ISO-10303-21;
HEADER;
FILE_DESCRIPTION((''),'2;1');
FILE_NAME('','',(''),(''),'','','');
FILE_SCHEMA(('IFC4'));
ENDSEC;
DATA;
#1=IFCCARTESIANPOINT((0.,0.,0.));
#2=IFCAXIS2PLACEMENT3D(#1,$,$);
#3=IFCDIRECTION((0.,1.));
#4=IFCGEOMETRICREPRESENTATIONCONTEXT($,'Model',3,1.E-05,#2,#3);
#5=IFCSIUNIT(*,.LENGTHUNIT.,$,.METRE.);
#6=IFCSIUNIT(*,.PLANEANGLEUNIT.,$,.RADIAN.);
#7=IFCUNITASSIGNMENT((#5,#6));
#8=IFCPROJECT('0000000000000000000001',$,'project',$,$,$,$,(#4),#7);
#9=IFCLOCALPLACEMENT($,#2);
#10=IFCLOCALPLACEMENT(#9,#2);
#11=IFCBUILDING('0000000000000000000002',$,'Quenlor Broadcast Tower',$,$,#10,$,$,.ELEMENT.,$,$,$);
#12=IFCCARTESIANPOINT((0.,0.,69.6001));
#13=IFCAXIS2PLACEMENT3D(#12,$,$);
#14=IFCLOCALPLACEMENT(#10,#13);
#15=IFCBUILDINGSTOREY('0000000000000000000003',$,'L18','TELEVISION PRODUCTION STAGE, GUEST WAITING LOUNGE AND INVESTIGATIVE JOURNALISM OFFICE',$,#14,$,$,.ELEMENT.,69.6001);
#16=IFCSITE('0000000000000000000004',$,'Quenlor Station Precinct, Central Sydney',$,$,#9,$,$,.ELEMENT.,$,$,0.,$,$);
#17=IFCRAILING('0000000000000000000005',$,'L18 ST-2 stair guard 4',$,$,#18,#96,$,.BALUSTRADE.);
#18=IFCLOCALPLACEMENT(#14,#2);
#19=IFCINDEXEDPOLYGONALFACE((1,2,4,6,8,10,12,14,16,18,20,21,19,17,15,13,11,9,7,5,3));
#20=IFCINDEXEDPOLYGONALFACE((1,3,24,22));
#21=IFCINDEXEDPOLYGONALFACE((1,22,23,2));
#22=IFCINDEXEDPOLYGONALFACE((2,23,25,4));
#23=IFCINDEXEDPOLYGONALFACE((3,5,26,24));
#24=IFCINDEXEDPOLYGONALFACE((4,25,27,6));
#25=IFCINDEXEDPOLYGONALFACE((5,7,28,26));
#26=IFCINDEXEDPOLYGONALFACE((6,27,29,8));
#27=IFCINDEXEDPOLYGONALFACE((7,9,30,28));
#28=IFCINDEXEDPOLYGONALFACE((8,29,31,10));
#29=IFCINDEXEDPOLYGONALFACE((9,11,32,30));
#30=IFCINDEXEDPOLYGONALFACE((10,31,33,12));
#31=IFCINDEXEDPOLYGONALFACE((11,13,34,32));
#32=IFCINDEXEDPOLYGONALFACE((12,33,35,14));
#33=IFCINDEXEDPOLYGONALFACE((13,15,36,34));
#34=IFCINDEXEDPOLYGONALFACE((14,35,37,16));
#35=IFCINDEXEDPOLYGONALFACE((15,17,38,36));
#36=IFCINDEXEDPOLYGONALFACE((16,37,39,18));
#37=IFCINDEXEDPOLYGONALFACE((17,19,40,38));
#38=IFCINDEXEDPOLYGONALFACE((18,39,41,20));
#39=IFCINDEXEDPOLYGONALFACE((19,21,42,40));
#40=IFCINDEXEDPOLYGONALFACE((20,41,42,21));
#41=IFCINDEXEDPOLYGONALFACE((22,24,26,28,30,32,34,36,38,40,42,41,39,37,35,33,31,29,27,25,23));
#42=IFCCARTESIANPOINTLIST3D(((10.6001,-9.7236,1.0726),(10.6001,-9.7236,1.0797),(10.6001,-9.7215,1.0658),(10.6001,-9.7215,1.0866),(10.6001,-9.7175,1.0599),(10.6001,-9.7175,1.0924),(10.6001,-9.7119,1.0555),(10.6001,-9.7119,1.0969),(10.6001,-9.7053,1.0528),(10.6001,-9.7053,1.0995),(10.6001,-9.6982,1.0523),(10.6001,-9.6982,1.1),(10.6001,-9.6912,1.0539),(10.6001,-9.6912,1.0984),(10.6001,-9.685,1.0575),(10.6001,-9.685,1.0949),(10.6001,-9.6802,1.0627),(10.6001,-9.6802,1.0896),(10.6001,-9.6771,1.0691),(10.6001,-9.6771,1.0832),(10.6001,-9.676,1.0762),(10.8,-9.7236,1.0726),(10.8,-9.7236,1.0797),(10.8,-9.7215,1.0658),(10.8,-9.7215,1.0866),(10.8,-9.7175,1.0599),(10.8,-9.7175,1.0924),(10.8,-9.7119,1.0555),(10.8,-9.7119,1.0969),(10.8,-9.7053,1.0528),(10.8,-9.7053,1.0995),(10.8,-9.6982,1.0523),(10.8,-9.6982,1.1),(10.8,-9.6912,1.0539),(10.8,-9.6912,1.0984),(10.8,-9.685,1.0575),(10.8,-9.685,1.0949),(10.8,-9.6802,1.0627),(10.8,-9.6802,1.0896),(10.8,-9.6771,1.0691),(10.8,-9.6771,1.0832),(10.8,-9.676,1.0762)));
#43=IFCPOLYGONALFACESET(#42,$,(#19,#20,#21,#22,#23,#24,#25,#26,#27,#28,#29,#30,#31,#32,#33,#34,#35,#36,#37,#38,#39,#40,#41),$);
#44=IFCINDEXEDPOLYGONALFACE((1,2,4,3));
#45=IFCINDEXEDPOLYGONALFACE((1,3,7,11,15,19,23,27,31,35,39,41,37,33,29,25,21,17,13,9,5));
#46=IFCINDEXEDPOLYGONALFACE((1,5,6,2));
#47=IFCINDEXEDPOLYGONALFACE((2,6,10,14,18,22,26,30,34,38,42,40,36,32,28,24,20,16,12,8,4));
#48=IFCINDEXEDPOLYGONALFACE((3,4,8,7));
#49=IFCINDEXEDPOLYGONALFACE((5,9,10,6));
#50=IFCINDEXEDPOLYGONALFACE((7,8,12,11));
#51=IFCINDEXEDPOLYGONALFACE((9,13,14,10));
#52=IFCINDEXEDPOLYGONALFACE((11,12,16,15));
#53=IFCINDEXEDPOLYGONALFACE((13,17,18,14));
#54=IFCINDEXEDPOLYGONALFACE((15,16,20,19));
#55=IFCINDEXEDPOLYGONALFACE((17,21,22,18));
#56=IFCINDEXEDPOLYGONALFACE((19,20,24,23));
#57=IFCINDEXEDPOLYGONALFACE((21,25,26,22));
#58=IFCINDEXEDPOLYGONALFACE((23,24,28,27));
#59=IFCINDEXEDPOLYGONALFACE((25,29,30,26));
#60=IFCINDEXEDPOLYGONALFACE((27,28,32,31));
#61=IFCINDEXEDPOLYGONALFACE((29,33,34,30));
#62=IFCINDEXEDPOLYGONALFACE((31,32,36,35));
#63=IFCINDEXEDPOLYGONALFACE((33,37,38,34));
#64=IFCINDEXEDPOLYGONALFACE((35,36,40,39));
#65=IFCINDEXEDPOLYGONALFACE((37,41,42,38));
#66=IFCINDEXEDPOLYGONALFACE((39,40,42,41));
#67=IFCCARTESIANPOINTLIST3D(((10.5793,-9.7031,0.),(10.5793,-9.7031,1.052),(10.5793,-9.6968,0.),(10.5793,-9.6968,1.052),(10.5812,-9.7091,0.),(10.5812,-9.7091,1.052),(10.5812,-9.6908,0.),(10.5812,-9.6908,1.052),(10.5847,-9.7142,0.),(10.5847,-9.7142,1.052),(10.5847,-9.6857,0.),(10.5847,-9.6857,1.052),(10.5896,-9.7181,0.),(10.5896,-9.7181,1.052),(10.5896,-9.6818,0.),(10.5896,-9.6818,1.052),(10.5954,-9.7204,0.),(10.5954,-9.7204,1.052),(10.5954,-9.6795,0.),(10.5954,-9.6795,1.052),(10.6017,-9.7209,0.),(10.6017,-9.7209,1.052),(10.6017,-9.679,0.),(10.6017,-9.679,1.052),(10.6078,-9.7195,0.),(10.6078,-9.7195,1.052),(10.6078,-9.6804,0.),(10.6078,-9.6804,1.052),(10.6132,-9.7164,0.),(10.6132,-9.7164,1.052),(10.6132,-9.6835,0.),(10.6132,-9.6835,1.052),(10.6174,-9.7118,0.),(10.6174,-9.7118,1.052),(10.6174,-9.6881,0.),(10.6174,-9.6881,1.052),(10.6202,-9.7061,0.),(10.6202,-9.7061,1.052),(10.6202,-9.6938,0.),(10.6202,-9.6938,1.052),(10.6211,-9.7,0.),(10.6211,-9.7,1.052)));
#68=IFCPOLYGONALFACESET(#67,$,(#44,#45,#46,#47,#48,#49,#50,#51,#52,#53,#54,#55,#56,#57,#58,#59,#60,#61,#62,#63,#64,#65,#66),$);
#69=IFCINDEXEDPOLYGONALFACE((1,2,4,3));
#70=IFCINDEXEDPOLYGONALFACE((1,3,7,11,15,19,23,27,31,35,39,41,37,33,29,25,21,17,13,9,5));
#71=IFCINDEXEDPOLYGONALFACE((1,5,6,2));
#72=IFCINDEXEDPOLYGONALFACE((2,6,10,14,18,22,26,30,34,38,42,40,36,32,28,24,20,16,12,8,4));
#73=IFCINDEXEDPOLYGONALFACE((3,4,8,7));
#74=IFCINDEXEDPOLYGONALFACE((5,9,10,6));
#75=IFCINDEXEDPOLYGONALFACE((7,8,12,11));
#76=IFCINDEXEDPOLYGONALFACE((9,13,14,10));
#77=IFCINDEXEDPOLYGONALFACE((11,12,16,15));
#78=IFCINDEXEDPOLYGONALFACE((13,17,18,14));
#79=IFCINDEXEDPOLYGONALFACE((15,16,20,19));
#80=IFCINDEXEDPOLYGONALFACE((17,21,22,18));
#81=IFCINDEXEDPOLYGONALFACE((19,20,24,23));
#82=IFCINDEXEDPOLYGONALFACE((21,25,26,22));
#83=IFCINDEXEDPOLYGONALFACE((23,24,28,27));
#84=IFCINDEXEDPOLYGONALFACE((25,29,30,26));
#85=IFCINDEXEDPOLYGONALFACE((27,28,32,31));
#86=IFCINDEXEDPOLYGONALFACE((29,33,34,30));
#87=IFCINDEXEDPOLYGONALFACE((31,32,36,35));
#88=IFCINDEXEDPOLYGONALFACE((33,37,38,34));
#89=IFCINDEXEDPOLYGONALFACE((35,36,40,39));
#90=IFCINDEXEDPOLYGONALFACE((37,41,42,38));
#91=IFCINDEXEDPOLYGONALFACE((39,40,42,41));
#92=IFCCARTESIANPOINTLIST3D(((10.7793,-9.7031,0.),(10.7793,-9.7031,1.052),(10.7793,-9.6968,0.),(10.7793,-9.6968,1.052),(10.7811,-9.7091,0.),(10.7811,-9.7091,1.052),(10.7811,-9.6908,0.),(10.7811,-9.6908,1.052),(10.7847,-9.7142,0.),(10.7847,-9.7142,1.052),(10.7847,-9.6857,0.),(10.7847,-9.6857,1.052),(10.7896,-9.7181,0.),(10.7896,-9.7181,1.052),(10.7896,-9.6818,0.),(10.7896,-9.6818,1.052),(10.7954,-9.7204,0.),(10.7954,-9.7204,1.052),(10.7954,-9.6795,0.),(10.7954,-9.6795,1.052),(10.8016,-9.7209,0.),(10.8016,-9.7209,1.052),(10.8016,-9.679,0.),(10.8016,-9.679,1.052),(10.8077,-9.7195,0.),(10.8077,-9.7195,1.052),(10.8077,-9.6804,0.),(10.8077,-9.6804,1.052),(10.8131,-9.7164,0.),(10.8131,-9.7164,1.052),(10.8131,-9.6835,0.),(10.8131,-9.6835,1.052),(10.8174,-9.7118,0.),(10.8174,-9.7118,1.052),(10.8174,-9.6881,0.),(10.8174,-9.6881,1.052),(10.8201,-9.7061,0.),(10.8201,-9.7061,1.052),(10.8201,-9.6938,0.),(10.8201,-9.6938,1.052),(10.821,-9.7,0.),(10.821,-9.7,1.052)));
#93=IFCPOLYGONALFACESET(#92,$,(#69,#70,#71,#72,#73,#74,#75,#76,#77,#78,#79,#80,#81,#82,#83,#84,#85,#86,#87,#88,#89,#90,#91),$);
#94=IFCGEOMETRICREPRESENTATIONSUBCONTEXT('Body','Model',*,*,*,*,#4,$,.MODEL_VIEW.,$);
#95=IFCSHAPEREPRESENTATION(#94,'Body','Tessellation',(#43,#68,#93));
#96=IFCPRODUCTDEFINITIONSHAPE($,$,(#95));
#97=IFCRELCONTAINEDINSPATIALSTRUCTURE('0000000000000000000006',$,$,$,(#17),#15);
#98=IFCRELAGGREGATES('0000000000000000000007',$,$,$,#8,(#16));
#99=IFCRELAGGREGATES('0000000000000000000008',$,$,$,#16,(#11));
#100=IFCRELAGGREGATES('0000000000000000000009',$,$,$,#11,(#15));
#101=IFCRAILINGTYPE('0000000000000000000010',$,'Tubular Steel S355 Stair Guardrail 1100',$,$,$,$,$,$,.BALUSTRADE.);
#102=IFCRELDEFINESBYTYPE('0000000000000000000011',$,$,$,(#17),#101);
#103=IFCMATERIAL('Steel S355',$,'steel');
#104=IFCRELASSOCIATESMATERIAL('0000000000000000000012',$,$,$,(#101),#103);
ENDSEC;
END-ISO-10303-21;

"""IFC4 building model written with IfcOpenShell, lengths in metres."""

from ifc_helpers import new_model, si_unit, direction, frame, origin, origin_2d, place, context, subcontext, project, spatial, circle, extrude, material, type_object, element, save


model = new_model("IFC4")

# Units and contexts
model_context = context("Model", 3, precision=1e-05, world=origin(), true_north=direction((0.0, 1.0)))
body_context = subcontext(model_context, "Body", "Model", "MODEL_VIEW")
ifc_project = project(units=[si_unit("LENGTHUNIT", "METRE"), si_unit("PLANEANGLEUNIT", "RADIAN")], contexts=[model_context])

# Site, building, storey
site_placement = place(None, origin())
site = spatial("IfcSite", under=ifc_project, at=site_placement, Name="Quenlor Station Precinct, Central Sydney", CompositionType="ELEMENT", RefElevation=0.0)
building_placement = place(site_placement, origin())
building = spatial("IfcBuilding", under=site, at=building_placement, Name="Quenlor Broadcast Tower", CompositionType="ELEMENT")
storey_placement = place(building_placement, frame((0.0, 0.0, 69.6001)))
storey = spatial("IfcBuildingStorey", under=building, at=storey_placement, Name="L18", Description="TELEVISION PRODUCTION STAGE, GUEST WAITING LOUNGE AND INVESTIGATIVE JOURNALISM OFFICE", CompositionType="ELEMENT", Elevation=69.6001)

# Railing
ifc_material_1 = material(Name="Steel S355", Category="steel")
railing_type_1 = type_object("IfcRailingType", Name="Tubular Steel S355 Stair Guardrail 1100", PredefinedType="BALUSTRADE", material=ifc_material_1)
railing_1_placement = place(storey_placement, frame((10.6001, -9.7, 0.0)))
element("IfcRailing", 1, at=railing_1_placement, inside=storey, type_object=railing_type_1, Name="L18 ST-2 stair guard 4", PredefinedType="BALUSTRADE", context=body_context, shape_type="SweptSolid", body=[
    extrude(circle(Radius=0.0239, at=origin_2d()), frame((0.0, 0.0, 1.0762), z_axis=(1.0, 0.0, 0.0), x_axis=(0.0, 1.0, 0.0)), (0.0, 0.0, 1.0), 0.2),
    extrude(circle(Radius=0.021, at=origin_2d()), origin(), (0.0, 0.0, 1.0), 1.052),
    extrude(circle(Radius=0.021, at=origin_2d()), frame((0.2, 0.0, 0.0)), (0.0, 0.0, 1.0), 1.052),
])

save(model, "model.ifc")
